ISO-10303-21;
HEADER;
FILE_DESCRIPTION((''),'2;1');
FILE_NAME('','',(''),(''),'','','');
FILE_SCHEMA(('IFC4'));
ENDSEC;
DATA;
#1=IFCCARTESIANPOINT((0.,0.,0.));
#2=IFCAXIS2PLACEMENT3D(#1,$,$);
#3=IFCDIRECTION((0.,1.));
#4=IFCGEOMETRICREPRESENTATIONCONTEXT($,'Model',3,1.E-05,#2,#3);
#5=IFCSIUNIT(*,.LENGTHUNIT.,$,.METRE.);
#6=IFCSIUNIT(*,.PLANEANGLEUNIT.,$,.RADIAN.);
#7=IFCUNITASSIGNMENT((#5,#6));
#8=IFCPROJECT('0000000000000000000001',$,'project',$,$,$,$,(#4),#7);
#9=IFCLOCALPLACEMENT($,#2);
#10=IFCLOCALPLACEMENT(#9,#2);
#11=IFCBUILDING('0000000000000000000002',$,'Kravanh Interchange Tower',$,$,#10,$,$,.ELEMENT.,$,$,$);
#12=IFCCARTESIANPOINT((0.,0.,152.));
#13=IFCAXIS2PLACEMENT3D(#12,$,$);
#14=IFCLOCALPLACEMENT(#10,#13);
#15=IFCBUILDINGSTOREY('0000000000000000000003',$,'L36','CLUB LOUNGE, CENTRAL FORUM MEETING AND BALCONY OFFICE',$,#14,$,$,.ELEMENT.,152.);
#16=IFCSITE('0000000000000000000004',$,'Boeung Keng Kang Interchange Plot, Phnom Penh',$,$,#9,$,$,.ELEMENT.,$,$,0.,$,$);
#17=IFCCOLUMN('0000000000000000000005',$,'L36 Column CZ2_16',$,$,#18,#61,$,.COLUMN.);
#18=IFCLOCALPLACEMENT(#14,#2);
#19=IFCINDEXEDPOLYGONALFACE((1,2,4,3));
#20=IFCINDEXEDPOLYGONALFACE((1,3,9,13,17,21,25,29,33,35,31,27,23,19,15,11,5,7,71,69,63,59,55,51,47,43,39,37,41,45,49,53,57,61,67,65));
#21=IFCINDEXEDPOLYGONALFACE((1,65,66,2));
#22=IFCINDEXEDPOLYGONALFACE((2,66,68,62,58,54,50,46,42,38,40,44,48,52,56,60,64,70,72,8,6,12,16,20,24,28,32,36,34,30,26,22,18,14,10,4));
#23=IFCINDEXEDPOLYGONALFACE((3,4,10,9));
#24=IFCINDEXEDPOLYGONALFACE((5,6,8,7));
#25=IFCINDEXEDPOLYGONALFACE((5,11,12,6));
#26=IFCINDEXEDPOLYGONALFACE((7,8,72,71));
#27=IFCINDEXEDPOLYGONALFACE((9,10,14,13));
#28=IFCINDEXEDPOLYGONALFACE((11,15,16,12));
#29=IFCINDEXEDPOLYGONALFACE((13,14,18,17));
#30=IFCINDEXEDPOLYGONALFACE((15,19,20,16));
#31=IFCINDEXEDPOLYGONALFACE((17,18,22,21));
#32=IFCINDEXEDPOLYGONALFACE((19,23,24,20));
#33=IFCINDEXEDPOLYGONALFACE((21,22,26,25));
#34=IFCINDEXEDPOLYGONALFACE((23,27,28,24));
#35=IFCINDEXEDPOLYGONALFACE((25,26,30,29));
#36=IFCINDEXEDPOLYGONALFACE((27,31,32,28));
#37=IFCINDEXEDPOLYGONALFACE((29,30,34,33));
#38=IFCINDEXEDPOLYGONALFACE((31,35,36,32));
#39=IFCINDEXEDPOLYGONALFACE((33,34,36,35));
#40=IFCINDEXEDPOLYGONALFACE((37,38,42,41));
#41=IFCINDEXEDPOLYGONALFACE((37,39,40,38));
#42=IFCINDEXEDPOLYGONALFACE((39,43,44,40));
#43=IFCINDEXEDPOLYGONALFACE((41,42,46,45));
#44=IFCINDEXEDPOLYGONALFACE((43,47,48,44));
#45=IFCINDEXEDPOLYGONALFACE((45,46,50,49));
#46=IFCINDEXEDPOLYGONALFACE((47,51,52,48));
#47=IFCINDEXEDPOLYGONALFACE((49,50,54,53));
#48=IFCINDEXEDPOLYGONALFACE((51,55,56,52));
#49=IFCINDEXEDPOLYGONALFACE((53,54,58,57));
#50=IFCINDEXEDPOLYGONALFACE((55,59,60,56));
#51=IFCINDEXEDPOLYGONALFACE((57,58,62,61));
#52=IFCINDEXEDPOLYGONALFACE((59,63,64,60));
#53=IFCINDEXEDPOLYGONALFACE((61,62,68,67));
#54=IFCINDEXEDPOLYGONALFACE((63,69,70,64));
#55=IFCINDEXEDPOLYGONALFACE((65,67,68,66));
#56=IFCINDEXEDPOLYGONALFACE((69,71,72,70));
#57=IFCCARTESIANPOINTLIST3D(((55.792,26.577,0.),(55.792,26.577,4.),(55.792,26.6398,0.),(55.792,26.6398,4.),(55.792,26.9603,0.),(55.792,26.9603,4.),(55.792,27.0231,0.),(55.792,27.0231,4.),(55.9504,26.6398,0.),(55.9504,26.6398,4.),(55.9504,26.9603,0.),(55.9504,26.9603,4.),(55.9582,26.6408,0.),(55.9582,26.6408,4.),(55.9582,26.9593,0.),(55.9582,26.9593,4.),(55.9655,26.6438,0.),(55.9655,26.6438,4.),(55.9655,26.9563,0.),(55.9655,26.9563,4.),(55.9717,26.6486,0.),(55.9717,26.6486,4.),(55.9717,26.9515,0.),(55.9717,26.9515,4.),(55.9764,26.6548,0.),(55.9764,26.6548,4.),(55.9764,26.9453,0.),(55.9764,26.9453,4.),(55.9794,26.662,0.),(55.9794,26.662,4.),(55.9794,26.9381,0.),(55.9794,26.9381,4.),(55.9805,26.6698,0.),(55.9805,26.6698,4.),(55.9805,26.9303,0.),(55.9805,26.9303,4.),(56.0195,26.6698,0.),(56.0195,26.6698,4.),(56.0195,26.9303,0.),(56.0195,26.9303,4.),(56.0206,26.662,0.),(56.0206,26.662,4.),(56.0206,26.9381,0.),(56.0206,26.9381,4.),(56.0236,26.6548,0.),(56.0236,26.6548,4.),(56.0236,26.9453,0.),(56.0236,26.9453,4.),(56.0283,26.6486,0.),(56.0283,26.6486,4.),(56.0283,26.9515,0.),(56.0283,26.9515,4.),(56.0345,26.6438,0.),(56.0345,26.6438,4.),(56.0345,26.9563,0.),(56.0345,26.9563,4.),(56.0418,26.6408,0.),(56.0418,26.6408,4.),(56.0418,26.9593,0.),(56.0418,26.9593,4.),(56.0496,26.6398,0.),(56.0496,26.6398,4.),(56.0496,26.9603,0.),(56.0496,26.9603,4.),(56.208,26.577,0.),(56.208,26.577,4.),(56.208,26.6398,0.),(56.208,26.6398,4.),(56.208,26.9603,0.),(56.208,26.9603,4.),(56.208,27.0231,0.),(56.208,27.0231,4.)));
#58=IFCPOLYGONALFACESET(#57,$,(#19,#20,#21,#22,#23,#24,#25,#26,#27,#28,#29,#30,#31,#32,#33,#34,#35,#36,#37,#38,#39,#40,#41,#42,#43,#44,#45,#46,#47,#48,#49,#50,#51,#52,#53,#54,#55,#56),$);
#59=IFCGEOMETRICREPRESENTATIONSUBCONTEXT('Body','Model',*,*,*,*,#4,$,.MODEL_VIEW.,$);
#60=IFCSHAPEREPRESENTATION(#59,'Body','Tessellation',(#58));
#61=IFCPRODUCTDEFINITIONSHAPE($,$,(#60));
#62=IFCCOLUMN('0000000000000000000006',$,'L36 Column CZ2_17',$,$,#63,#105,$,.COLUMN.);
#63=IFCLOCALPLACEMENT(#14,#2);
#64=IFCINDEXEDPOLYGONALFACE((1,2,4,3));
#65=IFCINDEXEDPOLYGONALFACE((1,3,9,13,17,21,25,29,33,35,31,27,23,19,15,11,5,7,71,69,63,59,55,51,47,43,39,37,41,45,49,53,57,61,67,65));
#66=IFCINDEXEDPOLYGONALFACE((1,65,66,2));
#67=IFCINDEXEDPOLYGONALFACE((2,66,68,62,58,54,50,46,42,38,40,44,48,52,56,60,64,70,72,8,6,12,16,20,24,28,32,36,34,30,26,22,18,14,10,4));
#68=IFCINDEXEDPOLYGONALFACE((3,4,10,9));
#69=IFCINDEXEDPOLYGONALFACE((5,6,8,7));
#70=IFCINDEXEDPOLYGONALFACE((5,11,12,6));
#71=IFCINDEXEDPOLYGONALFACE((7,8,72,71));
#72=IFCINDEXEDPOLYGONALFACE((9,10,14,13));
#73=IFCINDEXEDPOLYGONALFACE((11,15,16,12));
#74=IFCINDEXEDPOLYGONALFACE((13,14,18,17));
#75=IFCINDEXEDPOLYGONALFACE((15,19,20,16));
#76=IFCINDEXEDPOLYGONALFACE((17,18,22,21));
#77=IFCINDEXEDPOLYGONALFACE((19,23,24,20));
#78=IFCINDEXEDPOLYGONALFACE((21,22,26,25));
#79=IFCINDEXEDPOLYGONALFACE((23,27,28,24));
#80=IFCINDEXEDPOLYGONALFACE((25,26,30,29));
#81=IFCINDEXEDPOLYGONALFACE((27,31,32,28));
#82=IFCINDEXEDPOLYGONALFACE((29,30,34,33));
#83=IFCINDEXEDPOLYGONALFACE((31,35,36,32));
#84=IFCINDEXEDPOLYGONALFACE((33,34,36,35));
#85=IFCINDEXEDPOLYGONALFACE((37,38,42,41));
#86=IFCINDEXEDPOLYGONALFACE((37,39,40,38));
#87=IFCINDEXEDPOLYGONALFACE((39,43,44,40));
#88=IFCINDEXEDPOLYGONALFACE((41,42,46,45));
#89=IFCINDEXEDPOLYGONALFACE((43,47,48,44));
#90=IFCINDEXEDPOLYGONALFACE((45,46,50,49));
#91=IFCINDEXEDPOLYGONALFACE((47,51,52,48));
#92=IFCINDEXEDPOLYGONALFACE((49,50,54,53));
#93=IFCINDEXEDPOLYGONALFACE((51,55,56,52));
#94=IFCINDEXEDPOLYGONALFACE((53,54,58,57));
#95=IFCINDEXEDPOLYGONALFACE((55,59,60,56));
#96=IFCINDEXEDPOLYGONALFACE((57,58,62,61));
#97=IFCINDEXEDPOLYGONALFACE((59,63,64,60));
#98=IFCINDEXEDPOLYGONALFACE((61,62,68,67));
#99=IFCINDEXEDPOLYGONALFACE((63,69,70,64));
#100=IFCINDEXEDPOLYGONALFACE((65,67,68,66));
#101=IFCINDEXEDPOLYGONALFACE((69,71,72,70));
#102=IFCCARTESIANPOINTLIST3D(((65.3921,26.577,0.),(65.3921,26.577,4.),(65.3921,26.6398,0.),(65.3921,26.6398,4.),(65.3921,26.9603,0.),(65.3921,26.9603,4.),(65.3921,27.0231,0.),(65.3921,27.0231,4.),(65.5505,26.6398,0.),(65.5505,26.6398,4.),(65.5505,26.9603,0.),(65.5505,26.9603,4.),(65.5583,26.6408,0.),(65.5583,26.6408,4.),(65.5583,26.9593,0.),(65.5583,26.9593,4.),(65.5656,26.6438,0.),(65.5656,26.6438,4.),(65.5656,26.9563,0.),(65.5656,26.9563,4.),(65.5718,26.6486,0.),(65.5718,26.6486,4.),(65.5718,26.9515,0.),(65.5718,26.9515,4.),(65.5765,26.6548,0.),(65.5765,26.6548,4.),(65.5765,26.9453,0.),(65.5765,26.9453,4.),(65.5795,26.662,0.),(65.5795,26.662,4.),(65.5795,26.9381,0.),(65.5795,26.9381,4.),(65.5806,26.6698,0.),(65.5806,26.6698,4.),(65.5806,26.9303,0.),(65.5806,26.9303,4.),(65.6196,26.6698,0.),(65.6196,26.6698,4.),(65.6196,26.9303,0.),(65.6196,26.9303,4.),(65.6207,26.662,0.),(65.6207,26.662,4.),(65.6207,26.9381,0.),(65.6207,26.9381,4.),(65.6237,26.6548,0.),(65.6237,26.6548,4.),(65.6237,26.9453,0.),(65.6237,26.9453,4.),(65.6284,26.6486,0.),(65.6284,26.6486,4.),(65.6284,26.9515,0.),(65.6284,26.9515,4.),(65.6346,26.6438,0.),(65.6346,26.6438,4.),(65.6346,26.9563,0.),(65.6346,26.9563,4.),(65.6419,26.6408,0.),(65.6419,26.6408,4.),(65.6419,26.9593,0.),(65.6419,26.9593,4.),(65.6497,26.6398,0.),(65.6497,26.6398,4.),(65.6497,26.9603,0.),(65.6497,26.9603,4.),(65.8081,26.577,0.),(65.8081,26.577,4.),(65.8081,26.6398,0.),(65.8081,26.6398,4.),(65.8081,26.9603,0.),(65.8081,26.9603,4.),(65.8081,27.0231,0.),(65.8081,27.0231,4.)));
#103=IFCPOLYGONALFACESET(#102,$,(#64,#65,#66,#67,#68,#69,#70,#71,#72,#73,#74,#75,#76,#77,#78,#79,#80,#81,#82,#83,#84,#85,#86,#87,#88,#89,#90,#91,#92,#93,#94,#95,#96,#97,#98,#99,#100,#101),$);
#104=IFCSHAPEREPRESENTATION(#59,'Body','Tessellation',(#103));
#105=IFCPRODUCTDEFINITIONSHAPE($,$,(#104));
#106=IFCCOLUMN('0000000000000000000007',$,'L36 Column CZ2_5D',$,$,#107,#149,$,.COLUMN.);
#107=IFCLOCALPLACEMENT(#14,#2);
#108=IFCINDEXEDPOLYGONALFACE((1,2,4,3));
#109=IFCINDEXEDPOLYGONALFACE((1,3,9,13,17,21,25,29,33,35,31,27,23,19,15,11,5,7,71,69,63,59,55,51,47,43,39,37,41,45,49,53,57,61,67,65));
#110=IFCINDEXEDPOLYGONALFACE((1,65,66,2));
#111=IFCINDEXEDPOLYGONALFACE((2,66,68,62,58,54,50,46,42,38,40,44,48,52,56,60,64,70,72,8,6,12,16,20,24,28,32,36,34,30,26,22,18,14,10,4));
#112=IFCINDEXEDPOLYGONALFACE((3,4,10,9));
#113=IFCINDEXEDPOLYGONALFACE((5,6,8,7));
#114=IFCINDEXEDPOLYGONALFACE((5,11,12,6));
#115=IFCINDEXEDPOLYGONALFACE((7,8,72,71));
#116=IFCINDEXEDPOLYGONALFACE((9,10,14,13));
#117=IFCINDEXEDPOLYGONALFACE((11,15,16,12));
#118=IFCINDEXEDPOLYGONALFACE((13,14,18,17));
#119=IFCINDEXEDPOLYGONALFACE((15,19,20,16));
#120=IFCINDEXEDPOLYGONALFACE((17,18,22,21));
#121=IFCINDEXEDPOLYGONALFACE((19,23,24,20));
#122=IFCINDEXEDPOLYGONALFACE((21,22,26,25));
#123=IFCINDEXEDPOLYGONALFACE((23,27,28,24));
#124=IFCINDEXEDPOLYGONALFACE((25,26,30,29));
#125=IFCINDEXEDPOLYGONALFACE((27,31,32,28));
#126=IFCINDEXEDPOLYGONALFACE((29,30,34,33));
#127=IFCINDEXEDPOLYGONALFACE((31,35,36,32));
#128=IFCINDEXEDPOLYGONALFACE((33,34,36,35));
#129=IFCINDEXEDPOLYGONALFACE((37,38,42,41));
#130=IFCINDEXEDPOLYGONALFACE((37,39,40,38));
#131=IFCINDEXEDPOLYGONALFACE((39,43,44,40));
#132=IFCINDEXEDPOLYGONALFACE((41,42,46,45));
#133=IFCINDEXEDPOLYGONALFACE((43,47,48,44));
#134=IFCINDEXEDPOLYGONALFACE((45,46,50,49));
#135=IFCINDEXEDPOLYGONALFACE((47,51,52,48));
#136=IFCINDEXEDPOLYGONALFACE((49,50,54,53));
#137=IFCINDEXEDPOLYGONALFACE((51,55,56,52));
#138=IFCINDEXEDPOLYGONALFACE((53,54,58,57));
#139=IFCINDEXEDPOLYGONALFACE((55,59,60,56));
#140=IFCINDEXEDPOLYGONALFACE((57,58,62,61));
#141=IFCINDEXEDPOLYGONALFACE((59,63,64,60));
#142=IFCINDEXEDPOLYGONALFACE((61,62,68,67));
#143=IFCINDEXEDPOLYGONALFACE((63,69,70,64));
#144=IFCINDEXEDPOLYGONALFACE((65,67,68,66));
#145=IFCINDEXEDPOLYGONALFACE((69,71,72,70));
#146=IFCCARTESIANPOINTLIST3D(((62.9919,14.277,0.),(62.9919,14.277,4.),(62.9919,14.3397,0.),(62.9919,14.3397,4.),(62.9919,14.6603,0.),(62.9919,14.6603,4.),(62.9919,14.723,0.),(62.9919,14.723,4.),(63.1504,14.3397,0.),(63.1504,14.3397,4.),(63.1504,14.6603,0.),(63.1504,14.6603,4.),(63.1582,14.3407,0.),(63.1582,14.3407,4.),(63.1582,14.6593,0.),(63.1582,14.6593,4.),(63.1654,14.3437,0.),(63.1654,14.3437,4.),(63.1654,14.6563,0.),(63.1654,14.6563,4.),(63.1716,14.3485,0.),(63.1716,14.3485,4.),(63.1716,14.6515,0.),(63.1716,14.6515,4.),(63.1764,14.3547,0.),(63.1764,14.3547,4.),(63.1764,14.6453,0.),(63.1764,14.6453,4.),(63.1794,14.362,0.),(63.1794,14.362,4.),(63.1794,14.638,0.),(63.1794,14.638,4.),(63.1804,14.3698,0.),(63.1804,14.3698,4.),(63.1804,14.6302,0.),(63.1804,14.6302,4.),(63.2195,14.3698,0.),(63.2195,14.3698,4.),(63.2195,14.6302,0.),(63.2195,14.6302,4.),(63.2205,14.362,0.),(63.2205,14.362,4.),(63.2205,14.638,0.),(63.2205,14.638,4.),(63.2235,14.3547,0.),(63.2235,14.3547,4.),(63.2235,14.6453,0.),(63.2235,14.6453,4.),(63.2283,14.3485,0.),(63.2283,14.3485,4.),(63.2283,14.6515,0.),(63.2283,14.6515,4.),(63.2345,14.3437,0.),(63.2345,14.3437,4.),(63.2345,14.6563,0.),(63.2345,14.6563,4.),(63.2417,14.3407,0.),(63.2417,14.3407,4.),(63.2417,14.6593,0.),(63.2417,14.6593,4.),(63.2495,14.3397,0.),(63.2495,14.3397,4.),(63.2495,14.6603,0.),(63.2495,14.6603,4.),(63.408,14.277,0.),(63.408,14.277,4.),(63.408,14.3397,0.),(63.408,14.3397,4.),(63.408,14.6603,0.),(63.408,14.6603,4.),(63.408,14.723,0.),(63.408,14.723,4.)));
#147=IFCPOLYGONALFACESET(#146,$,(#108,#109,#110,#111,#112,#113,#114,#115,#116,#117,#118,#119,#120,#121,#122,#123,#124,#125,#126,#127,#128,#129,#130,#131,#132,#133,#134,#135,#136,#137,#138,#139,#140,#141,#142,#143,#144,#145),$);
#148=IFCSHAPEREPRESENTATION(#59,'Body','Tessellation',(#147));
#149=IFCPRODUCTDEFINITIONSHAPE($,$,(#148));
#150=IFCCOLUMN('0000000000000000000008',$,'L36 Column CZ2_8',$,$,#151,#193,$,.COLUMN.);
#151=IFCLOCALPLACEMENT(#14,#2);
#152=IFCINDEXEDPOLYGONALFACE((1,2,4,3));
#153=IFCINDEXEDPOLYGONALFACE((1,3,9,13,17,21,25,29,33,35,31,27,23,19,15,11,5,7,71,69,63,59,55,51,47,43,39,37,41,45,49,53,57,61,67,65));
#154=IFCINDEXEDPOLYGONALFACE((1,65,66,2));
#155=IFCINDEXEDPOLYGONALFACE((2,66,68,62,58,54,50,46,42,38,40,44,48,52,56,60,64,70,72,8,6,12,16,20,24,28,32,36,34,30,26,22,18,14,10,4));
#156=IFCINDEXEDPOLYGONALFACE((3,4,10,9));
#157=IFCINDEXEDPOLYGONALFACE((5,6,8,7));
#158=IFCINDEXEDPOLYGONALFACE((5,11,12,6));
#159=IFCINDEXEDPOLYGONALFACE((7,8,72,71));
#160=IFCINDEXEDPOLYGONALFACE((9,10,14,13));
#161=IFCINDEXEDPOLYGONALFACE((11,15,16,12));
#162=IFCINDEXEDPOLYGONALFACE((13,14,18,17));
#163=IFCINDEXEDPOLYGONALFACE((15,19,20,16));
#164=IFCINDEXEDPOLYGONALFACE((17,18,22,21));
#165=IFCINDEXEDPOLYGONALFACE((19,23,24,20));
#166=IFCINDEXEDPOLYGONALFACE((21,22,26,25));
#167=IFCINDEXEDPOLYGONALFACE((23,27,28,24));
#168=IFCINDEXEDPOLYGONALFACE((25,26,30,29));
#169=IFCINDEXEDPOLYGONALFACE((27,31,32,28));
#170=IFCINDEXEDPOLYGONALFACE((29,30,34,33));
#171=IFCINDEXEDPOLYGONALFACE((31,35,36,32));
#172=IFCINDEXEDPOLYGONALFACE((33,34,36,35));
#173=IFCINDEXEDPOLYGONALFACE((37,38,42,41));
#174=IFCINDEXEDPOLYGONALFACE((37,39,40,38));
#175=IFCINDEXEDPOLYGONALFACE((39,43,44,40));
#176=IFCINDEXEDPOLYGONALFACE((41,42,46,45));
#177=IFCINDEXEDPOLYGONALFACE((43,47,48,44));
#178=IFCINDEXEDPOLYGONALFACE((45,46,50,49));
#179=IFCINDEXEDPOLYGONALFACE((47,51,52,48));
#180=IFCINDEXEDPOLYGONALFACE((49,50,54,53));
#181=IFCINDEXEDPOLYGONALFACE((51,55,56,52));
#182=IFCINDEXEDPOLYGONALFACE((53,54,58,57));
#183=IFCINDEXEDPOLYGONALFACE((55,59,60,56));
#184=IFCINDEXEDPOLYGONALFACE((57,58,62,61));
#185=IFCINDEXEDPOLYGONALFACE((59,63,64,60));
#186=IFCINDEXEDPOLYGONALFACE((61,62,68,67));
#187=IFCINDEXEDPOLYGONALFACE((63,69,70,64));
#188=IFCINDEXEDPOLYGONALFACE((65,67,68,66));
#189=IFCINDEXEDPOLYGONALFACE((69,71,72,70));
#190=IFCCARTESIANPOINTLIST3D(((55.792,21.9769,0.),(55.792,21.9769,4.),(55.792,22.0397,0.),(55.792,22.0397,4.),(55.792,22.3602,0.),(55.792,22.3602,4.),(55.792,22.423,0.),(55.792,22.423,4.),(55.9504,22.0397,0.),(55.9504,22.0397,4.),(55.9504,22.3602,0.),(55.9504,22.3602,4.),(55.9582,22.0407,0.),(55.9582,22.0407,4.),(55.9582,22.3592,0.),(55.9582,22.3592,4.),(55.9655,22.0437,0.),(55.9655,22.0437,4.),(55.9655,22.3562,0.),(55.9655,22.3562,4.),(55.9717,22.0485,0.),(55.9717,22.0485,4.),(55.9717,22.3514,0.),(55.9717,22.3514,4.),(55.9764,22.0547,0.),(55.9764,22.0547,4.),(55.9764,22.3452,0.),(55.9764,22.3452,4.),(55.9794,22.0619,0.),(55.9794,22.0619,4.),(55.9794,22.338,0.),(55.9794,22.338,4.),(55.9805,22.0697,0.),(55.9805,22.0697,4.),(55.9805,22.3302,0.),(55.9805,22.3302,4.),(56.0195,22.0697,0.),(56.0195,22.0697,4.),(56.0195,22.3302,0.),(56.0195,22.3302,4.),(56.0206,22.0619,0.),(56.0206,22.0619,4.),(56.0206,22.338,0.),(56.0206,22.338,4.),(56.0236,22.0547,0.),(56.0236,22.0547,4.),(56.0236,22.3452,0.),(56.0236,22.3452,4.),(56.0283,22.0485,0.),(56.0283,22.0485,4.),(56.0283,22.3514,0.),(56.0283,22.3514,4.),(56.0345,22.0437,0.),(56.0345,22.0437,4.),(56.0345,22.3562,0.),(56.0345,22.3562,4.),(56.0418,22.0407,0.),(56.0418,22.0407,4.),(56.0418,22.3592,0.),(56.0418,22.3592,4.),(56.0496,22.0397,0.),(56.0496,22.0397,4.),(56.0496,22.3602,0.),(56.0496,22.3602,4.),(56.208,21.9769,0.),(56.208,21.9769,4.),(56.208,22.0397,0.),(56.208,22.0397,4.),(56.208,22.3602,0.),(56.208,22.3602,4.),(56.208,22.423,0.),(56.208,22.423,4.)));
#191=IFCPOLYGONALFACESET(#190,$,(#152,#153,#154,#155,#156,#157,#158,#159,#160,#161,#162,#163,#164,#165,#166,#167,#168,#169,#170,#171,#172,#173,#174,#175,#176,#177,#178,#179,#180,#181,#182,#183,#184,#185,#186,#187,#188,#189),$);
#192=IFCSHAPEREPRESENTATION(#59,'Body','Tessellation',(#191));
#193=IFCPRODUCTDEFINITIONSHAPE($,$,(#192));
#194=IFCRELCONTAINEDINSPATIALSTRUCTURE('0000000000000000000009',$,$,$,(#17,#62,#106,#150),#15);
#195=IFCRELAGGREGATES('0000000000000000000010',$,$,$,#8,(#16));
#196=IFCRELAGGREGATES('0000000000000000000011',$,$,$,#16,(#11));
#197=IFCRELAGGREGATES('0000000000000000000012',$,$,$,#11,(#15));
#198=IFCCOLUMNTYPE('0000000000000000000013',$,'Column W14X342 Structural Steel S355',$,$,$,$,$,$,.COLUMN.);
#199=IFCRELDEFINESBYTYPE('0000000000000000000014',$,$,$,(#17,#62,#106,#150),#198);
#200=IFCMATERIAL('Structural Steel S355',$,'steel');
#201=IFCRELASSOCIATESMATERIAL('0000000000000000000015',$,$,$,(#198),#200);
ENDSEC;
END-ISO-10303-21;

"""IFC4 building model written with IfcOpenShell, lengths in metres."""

from ifc_helpers import new_model, si_unit, direction, frame, origin, origin_2d, place, context, subcontext, project, spatial, i_section, extrude, material, material_profile, profile_set, type_object, element, save


model = new_model("IFC4")

# Units and contexts
model_context = context("Model", 3, precision=1e-05, world=origin(), true_north=direction((0.0, 1.0)))
body_context = subcontext(model_context, "Body", "Model", "MODEL_VIEW")
ifc_project = project(units=[si_unit("LENGTHUNIT", "METRE"), si_unit("PLANEANGLEUNIT", "RADIAN")], contexts=[model_context])

# Site, building, storey
site_placement = place(None, origin())
site = spatial("IfcSite", under=ifc_project, at=site_placement, Name="Boeung Keng Kang Interchange Plot, Phnom Penh", CompositionType="ELEMENT", RefElevation=0.0)
building_placement = place(site_placement, origin())
building = spatial("IfcBuilding", under=site, at=building_placement, Name="Kravanh Interchange Tower", CompositionType="ELEMENT")
storey_placement = place(building_placement, frame((0.0, 0.0, 152.0)))
storey = spatial("IfcBuildingStorey", under=building, at=storey_placement, Name="L36", Description="CLUB LOUNGE, CENTRAL FORUM MEETING AND BALCONY OFFICE", CompositionType="ELEMENT", Elevation=152.0)

# Columns
ifc_material_1 = material(Name="Structural Steel S355", Category="steel")
ifc_material_profile_1 = material_profile(ifc_material_1, i_section(OverallWidth=0.416, OverallDepth=0.446, WebThickness=0.0391, FlangeThickness=0.0627, FilletRadius=0.03, at=origin_2d()), Name="W14X342")
ifc_profile_set_1 = profile_set([ifc_material_profile_1], Name="Structural Steel S355")
column_type = type_object("IfcColumnType", Name="Column W14X342 Structural Steel S355", PredefinedType="COLUMN", material=ifc_profile_set_1)
for number, where, z_axis, x_axis, name in (
    (1, (56.0, 26.8, 0.0), (0.0, 0.0, 1.0), (1.0, 0.0, 0.0), "L36 Column CZ2_16"),
    (2, (65.6001, 26.8, 0.0), (0.0, 0.0, 1.0), (1.0, 0.0, 0.0), "L36 Column CZ2_17"),
    (3, (63.2, 14.5, 0.0), (0.0, 0.0, 1.0), (1.0, 0.0, 0.0), "L36 Column CZ2_5D"),
    (4, (56.0, 22.2, 0.0), (0.0, 0.0, 1.0), (1.0, 0.0, 0.0), "L36 Column CZ2_8"),
):
    element("IfcColumn", number, at=place(storey_placement, frame(where, z_axis=z_axis, x_axis=x_axis)), inside=storey, type_object=column_type, Name=name, PredefinedType="COLUMN", context=body_context, shape_type="SweptSolid", body=[
        extrude(i_section(OverallWidth=0.416, OverallDepth=0.446, WebThickness=0.0391, FlangeThickness=0.0627, FilletRadius=0.03, at=origin_2d()), origin(), (0.0, 0.0, 1.0), 4.0),
    ])

save(model, "model.ifc")
